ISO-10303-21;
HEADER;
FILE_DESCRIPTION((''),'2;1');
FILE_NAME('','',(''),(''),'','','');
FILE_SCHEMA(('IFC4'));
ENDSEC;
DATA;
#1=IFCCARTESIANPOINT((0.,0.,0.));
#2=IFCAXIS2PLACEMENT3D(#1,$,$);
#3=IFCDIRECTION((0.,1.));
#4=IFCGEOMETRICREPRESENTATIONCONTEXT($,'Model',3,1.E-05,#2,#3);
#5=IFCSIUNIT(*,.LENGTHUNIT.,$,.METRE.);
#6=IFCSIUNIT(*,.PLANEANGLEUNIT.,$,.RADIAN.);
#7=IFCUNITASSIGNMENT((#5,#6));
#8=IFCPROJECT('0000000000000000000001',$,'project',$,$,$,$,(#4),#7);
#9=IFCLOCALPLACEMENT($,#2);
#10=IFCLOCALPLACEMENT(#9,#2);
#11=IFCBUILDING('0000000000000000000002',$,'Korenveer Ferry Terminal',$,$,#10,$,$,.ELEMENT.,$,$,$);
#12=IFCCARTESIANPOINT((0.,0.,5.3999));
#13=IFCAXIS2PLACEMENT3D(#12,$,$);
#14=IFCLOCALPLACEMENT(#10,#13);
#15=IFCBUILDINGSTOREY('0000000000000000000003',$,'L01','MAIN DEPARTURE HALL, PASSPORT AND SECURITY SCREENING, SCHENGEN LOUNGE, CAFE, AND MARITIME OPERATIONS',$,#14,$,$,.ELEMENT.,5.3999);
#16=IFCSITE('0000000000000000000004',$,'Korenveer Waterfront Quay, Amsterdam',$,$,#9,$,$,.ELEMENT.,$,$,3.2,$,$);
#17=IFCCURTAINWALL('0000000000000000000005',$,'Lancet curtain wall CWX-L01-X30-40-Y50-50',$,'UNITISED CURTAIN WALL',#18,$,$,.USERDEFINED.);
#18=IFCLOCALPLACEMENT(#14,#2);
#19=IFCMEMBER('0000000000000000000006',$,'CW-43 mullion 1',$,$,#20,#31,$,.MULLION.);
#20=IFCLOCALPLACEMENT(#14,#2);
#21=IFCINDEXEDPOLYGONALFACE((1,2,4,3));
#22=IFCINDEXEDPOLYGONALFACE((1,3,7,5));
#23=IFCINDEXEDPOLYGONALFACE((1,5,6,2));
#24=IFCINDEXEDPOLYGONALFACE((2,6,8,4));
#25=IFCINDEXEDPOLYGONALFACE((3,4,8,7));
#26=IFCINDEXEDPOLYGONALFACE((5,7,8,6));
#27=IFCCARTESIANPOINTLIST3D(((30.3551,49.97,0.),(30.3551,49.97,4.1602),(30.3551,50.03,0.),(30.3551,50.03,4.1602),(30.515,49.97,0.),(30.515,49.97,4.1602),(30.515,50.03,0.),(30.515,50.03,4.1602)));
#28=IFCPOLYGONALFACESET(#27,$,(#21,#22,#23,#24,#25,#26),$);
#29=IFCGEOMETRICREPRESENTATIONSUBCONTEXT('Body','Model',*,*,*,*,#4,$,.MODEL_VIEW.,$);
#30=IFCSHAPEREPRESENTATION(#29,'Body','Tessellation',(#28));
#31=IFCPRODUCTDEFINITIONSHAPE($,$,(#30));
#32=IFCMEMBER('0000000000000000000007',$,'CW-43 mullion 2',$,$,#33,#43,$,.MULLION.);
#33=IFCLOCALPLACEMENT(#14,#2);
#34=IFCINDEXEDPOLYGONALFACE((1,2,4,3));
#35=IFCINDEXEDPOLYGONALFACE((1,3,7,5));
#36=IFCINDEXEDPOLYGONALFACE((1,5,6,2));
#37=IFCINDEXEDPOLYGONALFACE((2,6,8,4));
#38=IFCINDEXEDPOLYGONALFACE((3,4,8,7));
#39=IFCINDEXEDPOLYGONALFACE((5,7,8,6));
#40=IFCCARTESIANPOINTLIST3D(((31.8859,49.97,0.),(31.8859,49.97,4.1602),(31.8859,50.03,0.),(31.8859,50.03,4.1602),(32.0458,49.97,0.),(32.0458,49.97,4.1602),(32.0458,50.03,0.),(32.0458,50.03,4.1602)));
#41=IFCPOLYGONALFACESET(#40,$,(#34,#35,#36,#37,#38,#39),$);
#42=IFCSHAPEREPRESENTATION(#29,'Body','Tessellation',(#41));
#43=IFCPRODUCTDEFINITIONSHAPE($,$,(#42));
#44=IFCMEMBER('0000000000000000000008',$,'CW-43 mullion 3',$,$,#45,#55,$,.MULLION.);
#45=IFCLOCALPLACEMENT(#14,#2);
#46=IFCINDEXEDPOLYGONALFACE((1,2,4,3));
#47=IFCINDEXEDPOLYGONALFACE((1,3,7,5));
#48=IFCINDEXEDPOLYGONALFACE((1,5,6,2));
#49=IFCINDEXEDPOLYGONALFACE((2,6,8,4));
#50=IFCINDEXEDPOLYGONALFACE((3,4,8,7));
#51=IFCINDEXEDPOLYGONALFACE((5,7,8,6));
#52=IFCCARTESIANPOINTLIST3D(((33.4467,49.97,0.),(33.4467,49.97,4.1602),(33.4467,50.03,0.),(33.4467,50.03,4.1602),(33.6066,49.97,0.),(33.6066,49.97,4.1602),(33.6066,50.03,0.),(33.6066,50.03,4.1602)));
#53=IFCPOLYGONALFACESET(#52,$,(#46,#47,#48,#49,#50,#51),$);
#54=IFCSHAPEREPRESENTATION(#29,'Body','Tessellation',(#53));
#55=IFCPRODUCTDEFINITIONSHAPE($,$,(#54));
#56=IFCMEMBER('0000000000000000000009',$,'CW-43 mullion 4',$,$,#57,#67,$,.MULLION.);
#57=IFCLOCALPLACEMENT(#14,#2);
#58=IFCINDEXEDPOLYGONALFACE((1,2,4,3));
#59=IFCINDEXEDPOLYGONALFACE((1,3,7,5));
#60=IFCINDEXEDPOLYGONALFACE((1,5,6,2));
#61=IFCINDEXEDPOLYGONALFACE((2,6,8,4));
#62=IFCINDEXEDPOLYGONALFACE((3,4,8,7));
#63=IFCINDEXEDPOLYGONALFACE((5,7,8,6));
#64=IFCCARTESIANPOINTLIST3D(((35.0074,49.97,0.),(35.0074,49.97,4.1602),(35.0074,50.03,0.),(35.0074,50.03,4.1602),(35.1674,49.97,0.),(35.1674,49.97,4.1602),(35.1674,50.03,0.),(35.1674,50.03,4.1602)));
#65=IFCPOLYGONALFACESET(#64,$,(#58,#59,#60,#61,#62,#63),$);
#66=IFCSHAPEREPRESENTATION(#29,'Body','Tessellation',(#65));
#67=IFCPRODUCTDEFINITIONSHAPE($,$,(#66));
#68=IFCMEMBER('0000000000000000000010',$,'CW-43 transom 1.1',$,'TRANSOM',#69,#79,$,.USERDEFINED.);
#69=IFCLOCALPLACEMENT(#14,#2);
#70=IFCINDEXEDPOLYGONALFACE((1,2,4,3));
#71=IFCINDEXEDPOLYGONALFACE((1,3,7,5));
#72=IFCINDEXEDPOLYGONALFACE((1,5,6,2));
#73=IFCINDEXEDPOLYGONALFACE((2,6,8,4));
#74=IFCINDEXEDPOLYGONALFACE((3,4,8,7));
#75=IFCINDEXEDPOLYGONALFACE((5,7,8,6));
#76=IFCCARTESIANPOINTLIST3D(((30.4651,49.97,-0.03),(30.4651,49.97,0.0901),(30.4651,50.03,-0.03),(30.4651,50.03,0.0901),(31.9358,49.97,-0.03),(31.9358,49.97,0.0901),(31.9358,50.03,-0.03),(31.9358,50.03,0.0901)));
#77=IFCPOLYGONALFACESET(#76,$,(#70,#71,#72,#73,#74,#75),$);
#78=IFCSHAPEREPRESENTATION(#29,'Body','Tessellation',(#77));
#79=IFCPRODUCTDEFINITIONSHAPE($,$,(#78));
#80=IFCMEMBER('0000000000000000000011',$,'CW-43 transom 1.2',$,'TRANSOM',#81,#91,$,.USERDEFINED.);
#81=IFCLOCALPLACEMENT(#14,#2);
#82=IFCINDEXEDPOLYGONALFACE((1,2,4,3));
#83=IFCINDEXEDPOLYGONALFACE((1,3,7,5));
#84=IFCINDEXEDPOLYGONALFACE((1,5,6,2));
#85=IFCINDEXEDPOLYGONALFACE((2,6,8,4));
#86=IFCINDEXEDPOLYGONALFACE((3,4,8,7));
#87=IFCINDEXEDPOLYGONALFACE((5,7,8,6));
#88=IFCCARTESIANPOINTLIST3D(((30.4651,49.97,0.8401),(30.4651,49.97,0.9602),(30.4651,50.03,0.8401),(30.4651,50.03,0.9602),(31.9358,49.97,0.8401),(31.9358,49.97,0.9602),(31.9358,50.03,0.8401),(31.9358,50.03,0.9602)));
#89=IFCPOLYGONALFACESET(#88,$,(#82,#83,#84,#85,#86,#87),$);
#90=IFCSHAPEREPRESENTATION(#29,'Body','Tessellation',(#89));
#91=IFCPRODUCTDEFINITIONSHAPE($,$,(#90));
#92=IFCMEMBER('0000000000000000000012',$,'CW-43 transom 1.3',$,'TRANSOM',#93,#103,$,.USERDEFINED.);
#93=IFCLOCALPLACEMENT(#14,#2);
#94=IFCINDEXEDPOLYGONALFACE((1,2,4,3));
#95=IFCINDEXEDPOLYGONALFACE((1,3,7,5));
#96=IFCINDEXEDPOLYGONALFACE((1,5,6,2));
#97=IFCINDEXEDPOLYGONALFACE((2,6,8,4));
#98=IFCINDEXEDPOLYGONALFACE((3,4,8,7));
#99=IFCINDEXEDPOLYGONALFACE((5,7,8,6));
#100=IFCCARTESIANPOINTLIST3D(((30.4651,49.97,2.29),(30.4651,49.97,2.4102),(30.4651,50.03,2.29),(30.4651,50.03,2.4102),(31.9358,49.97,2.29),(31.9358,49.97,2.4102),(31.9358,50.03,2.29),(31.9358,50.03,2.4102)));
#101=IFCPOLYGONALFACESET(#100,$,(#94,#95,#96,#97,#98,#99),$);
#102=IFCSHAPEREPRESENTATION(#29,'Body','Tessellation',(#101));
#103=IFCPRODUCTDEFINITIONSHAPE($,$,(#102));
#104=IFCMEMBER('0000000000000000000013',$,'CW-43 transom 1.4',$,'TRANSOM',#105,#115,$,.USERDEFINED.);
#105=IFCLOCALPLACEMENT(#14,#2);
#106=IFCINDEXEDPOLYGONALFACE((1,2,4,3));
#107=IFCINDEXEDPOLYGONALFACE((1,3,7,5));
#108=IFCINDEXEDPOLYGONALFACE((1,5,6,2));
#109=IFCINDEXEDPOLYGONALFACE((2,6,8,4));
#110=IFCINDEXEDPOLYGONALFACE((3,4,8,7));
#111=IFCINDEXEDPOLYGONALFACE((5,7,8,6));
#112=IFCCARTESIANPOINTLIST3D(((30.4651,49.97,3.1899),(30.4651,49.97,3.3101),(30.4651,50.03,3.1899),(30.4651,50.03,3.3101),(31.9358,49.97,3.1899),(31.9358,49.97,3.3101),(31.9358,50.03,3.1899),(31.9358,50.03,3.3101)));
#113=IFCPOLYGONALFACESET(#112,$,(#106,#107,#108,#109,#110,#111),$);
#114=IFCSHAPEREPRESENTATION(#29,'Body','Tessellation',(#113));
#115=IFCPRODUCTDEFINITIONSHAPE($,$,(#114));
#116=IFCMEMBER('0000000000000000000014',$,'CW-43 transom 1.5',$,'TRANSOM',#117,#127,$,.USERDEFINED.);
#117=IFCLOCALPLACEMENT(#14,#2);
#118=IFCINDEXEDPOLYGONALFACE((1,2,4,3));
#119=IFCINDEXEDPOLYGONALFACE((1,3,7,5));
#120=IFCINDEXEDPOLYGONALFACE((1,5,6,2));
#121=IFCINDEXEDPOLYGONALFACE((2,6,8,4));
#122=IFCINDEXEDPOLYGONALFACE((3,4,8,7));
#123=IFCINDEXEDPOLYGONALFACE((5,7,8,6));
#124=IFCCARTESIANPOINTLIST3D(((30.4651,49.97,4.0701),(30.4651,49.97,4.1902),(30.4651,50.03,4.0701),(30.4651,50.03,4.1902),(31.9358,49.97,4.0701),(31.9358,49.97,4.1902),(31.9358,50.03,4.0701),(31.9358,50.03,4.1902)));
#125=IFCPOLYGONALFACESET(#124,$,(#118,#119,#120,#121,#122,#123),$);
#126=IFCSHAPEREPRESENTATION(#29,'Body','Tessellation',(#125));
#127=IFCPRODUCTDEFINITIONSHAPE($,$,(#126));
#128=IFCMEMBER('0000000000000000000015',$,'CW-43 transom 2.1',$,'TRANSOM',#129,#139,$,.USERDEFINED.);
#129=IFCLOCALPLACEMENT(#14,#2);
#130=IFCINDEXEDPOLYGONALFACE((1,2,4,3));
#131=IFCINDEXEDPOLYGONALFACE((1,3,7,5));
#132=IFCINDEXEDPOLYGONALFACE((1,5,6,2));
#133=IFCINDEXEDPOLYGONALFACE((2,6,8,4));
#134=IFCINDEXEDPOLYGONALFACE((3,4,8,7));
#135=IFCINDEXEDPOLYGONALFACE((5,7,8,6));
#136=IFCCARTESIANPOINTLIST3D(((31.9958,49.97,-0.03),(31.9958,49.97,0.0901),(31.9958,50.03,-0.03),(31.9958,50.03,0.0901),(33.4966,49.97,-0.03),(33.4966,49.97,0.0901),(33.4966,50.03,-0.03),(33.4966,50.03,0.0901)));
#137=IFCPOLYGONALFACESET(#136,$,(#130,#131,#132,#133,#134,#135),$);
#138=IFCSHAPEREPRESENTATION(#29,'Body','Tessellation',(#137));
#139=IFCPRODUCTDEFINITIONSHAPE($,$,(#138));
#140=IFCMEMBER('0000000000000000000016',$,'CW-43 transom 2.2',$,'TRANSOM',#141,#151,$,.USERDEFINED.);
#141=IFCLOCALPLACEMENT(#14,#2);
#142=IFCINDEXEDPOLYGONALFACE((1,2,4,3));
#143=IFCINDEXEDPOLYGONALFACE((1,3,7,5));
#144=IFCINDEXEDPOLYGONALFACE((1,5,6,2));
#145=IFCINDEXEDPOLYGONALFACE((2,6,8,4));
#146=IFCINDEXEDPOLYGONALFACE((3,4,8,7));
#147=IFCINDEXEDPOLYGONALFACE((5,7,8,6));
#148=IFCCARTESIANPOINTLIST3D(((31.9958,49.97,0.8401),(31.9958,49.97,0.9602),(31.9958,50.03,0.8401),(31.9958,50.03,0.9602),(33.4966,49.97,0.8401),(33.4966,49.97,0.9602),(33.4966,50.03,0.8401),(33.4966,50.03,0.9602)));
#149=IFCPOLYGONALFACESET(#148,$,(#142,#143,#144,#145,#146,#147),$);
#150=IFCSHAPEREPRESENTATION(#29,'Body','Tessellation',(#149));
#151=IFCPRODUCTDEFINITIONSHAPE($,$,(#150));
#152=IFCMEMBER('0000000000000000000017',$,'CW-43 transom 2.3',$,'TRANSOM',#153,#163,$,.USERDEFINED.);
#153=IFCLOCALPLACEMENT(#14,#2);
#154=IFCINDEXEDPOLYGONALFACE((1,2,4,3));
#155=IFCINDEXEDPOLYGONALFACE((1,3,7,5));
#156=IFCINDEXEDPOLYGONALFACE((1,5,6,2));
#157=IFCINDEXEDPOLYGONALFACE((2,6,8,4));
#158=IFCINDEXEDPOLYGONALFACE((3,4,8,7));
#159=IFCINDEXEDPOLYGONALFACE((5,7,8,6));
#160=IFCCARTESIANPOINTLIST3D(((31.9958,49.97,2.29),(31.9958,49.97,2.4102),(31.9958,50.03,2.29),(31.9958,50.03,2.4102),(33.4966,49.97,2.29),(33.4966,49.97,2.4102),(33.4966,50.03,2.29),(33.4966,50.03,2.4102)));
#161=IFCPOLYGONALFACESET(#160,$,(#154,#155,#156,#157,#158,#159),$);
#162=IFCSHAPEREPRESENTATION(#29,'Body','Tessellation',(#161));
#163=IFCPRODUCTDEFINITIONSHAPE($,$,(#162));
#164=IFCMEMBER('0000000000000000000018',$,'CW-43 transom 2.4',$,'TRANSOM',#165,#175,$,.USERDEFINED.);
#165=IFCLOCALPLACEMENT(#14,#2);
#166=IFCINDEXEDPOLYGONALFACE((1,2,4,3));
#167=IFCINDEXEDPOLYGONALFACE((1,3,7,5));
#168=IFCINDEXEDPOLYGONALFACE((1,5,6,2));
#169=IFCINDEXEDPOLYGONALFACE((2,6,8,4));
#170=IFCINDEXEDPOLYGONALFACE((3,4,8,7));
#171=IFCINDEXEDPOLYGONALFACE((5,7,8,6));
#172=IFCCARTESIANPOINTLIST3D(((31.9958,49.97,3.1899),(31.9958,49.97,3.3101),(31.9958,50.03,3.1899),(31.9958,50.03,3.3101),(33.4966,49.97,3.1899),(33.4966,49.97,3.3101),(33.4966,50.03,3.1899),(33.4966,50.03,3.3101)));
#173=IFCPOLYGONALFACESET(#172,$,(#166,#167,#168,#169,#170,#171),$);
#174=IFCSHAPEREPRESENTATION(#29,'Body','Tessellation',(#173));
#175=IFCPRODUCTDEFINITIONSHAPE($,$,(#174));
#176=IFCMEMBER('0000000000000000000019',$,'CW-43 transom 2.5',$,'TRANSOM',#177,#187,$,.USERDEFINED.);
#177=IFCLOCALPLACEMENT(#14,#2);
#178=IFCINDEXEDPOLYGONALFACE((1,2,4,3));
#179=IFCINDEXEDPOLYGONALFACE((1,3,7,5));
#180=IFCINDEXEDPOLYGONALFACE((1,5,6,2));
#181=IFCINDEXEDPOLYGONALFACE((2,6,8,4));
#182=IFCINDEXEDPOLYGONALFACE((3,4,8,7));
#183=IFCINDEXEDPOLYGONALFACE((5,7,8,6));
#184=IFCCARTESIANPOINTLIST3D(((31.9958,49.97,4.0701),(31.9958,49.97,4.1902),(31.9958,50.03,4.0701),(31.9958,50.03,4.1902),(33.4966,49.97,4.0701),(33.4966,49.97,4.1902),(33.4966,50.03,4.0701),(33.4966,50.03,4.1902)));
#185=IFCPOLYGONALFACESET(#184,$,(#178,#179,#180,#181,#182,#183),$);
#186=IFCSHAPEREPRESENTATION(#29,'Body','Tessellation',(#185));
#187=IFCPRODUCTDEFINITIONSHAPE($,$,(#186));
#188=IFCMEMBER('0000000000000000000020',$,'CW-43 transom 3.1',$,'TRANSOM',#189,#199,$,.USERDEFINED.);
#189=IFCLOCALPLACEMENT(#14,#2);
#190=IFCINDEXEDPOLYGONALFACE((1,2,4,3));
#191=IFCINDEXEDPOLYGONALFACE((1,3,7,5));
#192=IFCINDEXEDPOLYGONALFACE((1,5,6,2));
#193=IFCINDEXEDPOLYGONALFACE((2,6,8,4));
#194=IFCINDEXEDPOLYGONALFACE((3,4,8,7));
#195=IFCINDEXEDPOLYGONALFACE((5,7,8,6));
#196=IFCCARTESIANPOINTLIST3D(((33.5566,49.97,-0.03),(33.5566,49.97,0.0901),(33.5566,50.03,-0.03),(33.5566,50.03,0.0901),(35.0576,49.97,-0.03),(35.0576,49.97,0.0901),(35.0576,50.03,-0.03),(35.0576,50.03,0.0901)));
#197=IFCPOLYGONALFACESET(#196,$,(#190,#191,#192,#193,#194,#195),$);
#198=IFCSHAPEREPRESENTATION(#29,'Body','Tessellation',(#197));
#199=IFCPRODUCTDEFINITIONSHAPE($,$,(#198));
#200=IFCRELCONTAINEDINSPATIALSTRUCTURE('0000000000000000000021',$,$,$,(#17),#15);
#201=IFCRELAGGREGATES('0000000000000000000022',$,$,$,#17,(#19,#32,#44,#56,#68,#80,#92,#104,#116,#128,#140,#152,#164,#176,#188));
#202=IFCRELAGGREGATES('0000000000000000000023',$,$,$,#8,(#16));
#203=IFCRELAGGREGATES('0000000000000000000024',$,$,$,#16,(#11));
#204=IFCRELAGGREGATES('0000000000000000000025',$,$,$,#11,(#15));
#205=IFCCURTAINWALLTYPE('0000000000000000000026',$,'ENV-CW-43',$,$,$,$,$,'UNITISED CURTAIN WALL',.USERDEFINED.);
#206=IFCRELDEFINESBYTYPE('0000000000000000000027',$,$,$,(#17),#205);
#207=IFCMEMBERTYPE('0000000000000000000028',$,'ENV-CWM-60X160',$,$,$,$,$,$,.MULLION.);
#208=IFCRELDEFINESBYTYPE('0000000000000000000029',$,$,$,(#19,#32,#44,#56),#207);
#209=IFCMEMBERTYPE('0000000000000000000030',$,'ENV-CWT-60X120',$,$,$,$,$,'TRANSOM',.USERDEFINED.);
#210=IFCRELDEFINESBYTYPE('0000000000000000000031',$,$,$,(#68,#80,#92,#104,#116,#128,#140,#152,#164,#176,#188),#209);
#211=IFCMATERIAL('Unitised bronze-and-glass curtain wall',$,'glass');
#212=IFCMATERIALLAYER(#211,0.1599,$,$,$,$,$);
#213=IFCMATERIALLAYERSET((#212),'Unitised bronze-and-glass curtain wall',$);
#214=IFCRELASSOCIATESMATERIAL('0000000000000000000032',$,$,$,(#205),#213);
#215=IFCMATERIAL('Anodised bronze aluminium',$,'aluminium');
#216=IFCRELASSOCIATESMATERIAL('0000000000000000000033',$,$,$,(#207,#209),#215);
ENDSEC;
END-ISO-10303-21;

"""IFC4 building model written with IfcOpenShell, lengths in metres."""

from ifc_helpers import new_model, si_unit, direction, frame, origin, origin_2d, place, context, subcontext, project, spatial, rectangle, extrude, material, layer, layer_set, material_profile, profile_set, type_object, element, aggregate, save


model = new_model("IFC4")

# Units and contexts
model_context = context("Model", 3, precision=1e-05, world=origin(), true_north=direction((0.0, 1.0)))
body_context = subcontext(model_context, "Body", "Model", "MODEL_VIEW")
ifc_project = project(units=[si_unit("LENGTHUNIT", "METRE"), si_unit("PLANEANGLEUNIT", "RADIAN")], contexts=[model_context])

# Site, building, storey
site_placement = place(None, origin())
site = spatial("IfcSite", under=ifc_project, at=site_placement, Name="Korenveer Waterfront Quay, Amsterdam", CompositionType="ELEMENT", RefElevation=3.2)
building_placement = place(site_placement, origin())
building = spatial("IfcBuilding", under=site, at=building_placement, Name="Korenveer Ferry Terminal", CompositionType="ELEMENT")
storey_placement = place(building_placement, frame((0.0, 0.0, 5.3999)))
storey = spatial("IfcBuildingStorey", under=building, at=storey_placement, Name="L01", Description="MAIN DEPARTURE HALL, PASSPORT AND SECURITY SCREENING, SCHENGEN LOUNGE, CAFE, AND MARITIME OPERATIONS", CompositionType="ELEMENT", Elevation=5.3999)

# Curtain wall, members
ifc_material_1 = material(Name="Unitised bronze-and-glass curtain wall", Category="glass")
ifc_layer_1 = layer(ifc_material_1, 0.1599)
ifc_layer_set_1 = layer_set([ifc_layer_1], Name="Unitised bronze-and-glass curtain wall")
curtain_wall_type = type_object("IfcCurtainWallType", Name="ENV-CW-43", ElementType="UNITISED CURTAIN WALL", PredefinedType="USERDEFINED", material=ifc_layer_set_1)
curtain_wall_placement = place(storey_placement, frame((30.405, 50.0, 0.0)))
curtain_wall = element("IfcCurtainWall", 1, at=curtain_wall_placement, inside=storey, type_object=curtain_wall_type, Name="Lancet curtain wall CWX-L01-X30-40-Y50-50", ObjectType="UNITISED CURTAIN WALL", PredefinedType="USERDEFINED")
ifc_material_2 = material(Name="Anodised bronze aluminium", Category="aluminium")
ifc_material_profile_1 = material_profile(ifc_material_2, rectangle(XDim=0.0601, YDim=0.1599, at=origin_2d()), Name="ALU 60x160")
ifc_profile_set_1 = profile_set([ifc_material_profile_1], Name="Anodised bronze aluminium")
member_type_1 = type_object("IfcMemberType", Name="ENV-CWM-60X160", PredefinedType="MULLION", material=ifc_profile_set_1)
member_1_placement = place(storey_placement, frame((30.4351, 50.0, 0.0), z_axis=(0.0, 0.0, 1.0), x_axis=(0.0, 1.0, 0.0)))
member_1 = element("IfcMember", 2, at=member_1_placement, type_object=member_type_1, Name="CW-43 mullion 1", PredefinedType="MULLION", context=body_context, shape_type="SweptSolid", body=[
    extrude(rectangle(XDim=0.0601, YDim=0.1599, at=origin_2d()), origin(), (0.0, 0.0, 1.0), 4.1602),
])
member_2_placement = place(storey_placement, frame((31.9658, 50.0, 0.0), z_axis=(0.0, 0.0, 1.0), x_axis=(0.0, 1.0, 0.0)))
member_2 = element("IfcMember", 3, at=member_2_placement, type_object=member_type_1, Name="CW-43 mullion 2", PredefinedType="MULLION", context=body_context, shape_type="SweptSolid", body=[
    extrude(rectangle(XDim=0.0601, YDim=0.1599, at=origin_2d()), origin(), (0.0, 0.0, 1.0), 4.1602),
])
member_3_placement = place(storey_placement, frame((33.5266, 50.0, 0.0), z_axis=(0.0, 0.0, 1.0), x_axis=(0.0, 1.0, 0.0)))
member_3 = element("IfcMember", 4, at=member_3_placement, type_object=member_type_1, Name="CW-43 mullion 3", PredefinedType="MULLION", context=body_context, shape_type="SweptSolid", body=[
    extrude(rectangle(XDim=0.0601, YDim=0.1599, at=origin_2d()), origin(), (0.0, 0.0, 1.0), 4.1602),
])
member_4_placement = place(storey_placement, frame((35.0874, 50.0, 0.0), z_axis=(0.0, 0.0, 1.0), x_axis=(0.0, 1.0, 0.0)))
member_4 = element("IfcMember", 5, at=member_4_placement, type_object=member_type_1, Name="CW-43 mullion 4", PredefinedType="MULLION", context=body_context, shape_type="SweptSolid", body=[
    extrude(rectangle(XDim=0.0601, YDim=0.1599, at=origin_2d()), origin(), (0.0, 0.0, 1.0), 4.1602),
])
ifc_material_profile_2 = material_profile(ifc_material_2, rectangle(XDim=0.0601, YDim=0.1201, at=origin_2d()), Name="ALU 60x120")
ifc_profile_set_2 = profile_set([ifc_material_profile_2], Name="Anodised bronze aluminium")
member_type_2 = type_object("IfcMemberType", Name="ENV-CWT-60X120", ElementType="TRANSOM", PredefinedType="USERDEFINED", material=ifc_profile_set_2)
member_5_placement = place(storey_placement, frame((30.4651, 50.0, 0.03), z_axis=(1.0, 0.0, 0.0), x_axis=(0.0, 1.0, 0.0)))
member_5 = element("IfcMember", 6, at=member_5_placement, type_object=member_type_2, Name="CW-43 transom 1.1", ObjectType="TRANSOM", PredefinedType="USERDEFINED", context=body_context, shape_type="SweptSolid", body=[
    extrude(rectangle(XDim=0.0601, YDim=0.1201, at=origin_2d()), origin(), (0.0, 0.0, 1.0), 1.4707),
])
member_6_placement = place(storey_placement, frame((30.4651, 50.0, 0.9001), z_axis=(1.0, 0.0, 0.0), x_axis=(0.0, 1.0, 0.0)))
member_6 = element("IfcMember", 7, at=member_6_placement, type_object=member_type_2, Name="CW-43 transom 1.2", ObjectType="TRANSOM", PredefinedType="USERDEFINED", context=body_context, shape_type="SweptSolid", body=[
    extrude(rectangle(XDim=0.0601, YDim=0.1201, at=origin_2d()), origin(), (0.0, 0.0, 1.0), 1.4707),
])
member_7_placement = place(storey_placement, frame((30.4651, 50.0, 2.3501), z_axis=(1.0, 0.0, 0.0), x_axis=(0.0, 1.0, 0.0)))
member_7 = element("IfcMember", 8, at=member_7_placement, type_object=member_type_2, Name="CW-43 transom 1.3", ObjectType="TRANSOM", PredefinedType="USERDEFINED", context=body_context, shape_type="SweptSolid", body=[
    extrude(rectangle(XDim=0.0601, YDim=0.1201, at=origin_2d()), origin(), (0.0, 0.0, 1.0), 1.4707),
])
member_8_placement = place(storey_placement, frame((30.4651, 50.0, 3.25), z_axis=(1.0, 0.0, 0.0), x_axis=(0.0, 1.0, 0.0)))
member_8 = element("IfcMember", 9, at=member_8_placement, type_object=member_type_2, Name="CW-43 transom 1.4", ObjectType="TRANSOM", PredefinedType="USERDEFINED", context=body_context, shape_type="SweptSolid", body=[
    extrude(rectangle(XDim=0.0601, YDim=0.1201, at=origin_2d()), origin(), (0.0, 0.0, 1.0), 1.4707),
])
member_9_placement = place(storey_placement, frame((30.4651, 50.0, 4.1301), z_axis=(1.0, 0.0, 0.0), x_axis=(0.0, 1.0, 0.0)))
member_9 = element("IfcMember", 10, at=member_9_placement, type_object=member_type_2, Name="CW-43 transom 1.5", ObjectType="TRANSOM", PredefinedType="USERDEFINED", context=body_context, shape_type="SweptSolid", body=[
    extrude(rectangle(XDim=0.0601, YDim=0.1201, at=origin_2d()), origin(), (0.0, 0.0, 1.0), 1.4707),
])
member_10_placement = place(storey_placement, frame((31.9958, 50.0, 0.03), z_axis=(1.0, 0.0, 0.0), x_axis=(0.0, 1.0, 0.0)))
member_10 = element("IfcMember", 11, at=member_10_placement, type_object=member_type_2, Name="CW-43 transom 2.1", ObjectType="TRANSOM", PredefinedType="USERDEFINED", context=body_context, shape_type="SweptSolid", body=[
    extrude(rectangle(XDim=0.0601, YDim=0.1201, at=origin_2d()), origin(), (0.0, 0.0, 1.0), 1.5007),
])
member_11_placement = place(storey_placement, frame((31.9958, 50.0, 0.9001), z_axis=(1.0, 0.0, 0.0), x_axis=(0.0, 1.0, 0.0)))
member_11 = element("IfcMember", 12, at=member_11_placement, type_object=member_type_2, Name="CW-43 transom 2.2", ObjectType="TRANSOM", PredefinedType="USERDEFINED", context=body_context, shape_type="SweptSolid", body=[
    extrude(rectangle(XDim=0.0601, YDim=0.1201, at=origin_2d()), origin(), (0.0, 0.0, 1.0), 1.5007),
])
member_12_placement = place(storey_placement, frame((31.9958, 50.0, 2.3501), z_axis=(1.0, 0.0, 0.0), x_axis=(0.0, 1.0, 0.0)))
member_12 = element("IfcMember", 13, at=member_12_placement, type_object=member_type_2, Name="CW-43 transom 2.3", ObjectType="TRANSOM", PredefinedType="USERDEFINED", context=body_context, shape_type="SweptSolid", body=[
    extrude(rectangle(XDim=0.0601, YDim=0.1201, at=origin_2d()), origin(), (0.0, 0.0, 1.0), 1.5007),
])
member_13_placement = place(storey_placement, frame((31.9958, 50.0, 3.25), z_axis=(1.0, 0.0, 0.0), x_axis=(0.0, 1.0, 0.0)))
member_13 = element("IfcMember", 14, at=member_13_placement, type_object=member_type_2, Name="CW-43 transom 2.4", ObjectType="TRANSOM", PredefinedType="USERDEFINED", context=body_context, shape_type="SweptSolid", body=[
    extrude(rectangle(XDim=0.0601, YDim=0.1201, at=origin_2d()), origin(), (0.0, 0.0, 1.0), 1.5007),
])
member_14_placement = place(storey_placement, frame((31.9958, 50.0, 4.1301), z_axis=(1.0, 0.0, 0.0), x_axis=(0.0, 1.0, 0.0)))
member_14 = element("IfcMember", 15, at=member_14_placement, type_object=member_type_2, Name="CW-43 transom 2.5", ObjectType="TRANSOM", PredefinedType="USERDEFINED", context=body_context, shape_type="SweptSolid", body=[
    extrude(rectangle(XDim=0.0601, YDim=0.1201, at=origin_2d()), origin(), (0.0, 0.0, 1.0), 1.5007),
])
member_15_placement = place(storey_placement, frame((33.5566, 50.0, 0.03), z_axis=(1.0, 0.0, 0.0), x_axis=(0.0, 1.0, 0.0)))
member_15 = element("IfcMember", 16, at=member_15_placement, type_object=member_type_2, Name="CW-43 transom 3.1", ObjectType="TRANSOM", PredefinedType="USERDEFINED", context=body_context, shape_type="SweptSolid", body=[
    extrude(rectangle(XDim=0.0601, YDim=0.1201, at=origin_2d()), origin(), (0.0, 0.0, 1.0), 1.501),
])

aggregate(curtain_wall, [member_1, member_2, member_3, member_4, member_5, member_6, member_7, member_8, member_9, member_10, member_11, member_12, member_13, member_14, member_15])

save(model, "model.ifc")
